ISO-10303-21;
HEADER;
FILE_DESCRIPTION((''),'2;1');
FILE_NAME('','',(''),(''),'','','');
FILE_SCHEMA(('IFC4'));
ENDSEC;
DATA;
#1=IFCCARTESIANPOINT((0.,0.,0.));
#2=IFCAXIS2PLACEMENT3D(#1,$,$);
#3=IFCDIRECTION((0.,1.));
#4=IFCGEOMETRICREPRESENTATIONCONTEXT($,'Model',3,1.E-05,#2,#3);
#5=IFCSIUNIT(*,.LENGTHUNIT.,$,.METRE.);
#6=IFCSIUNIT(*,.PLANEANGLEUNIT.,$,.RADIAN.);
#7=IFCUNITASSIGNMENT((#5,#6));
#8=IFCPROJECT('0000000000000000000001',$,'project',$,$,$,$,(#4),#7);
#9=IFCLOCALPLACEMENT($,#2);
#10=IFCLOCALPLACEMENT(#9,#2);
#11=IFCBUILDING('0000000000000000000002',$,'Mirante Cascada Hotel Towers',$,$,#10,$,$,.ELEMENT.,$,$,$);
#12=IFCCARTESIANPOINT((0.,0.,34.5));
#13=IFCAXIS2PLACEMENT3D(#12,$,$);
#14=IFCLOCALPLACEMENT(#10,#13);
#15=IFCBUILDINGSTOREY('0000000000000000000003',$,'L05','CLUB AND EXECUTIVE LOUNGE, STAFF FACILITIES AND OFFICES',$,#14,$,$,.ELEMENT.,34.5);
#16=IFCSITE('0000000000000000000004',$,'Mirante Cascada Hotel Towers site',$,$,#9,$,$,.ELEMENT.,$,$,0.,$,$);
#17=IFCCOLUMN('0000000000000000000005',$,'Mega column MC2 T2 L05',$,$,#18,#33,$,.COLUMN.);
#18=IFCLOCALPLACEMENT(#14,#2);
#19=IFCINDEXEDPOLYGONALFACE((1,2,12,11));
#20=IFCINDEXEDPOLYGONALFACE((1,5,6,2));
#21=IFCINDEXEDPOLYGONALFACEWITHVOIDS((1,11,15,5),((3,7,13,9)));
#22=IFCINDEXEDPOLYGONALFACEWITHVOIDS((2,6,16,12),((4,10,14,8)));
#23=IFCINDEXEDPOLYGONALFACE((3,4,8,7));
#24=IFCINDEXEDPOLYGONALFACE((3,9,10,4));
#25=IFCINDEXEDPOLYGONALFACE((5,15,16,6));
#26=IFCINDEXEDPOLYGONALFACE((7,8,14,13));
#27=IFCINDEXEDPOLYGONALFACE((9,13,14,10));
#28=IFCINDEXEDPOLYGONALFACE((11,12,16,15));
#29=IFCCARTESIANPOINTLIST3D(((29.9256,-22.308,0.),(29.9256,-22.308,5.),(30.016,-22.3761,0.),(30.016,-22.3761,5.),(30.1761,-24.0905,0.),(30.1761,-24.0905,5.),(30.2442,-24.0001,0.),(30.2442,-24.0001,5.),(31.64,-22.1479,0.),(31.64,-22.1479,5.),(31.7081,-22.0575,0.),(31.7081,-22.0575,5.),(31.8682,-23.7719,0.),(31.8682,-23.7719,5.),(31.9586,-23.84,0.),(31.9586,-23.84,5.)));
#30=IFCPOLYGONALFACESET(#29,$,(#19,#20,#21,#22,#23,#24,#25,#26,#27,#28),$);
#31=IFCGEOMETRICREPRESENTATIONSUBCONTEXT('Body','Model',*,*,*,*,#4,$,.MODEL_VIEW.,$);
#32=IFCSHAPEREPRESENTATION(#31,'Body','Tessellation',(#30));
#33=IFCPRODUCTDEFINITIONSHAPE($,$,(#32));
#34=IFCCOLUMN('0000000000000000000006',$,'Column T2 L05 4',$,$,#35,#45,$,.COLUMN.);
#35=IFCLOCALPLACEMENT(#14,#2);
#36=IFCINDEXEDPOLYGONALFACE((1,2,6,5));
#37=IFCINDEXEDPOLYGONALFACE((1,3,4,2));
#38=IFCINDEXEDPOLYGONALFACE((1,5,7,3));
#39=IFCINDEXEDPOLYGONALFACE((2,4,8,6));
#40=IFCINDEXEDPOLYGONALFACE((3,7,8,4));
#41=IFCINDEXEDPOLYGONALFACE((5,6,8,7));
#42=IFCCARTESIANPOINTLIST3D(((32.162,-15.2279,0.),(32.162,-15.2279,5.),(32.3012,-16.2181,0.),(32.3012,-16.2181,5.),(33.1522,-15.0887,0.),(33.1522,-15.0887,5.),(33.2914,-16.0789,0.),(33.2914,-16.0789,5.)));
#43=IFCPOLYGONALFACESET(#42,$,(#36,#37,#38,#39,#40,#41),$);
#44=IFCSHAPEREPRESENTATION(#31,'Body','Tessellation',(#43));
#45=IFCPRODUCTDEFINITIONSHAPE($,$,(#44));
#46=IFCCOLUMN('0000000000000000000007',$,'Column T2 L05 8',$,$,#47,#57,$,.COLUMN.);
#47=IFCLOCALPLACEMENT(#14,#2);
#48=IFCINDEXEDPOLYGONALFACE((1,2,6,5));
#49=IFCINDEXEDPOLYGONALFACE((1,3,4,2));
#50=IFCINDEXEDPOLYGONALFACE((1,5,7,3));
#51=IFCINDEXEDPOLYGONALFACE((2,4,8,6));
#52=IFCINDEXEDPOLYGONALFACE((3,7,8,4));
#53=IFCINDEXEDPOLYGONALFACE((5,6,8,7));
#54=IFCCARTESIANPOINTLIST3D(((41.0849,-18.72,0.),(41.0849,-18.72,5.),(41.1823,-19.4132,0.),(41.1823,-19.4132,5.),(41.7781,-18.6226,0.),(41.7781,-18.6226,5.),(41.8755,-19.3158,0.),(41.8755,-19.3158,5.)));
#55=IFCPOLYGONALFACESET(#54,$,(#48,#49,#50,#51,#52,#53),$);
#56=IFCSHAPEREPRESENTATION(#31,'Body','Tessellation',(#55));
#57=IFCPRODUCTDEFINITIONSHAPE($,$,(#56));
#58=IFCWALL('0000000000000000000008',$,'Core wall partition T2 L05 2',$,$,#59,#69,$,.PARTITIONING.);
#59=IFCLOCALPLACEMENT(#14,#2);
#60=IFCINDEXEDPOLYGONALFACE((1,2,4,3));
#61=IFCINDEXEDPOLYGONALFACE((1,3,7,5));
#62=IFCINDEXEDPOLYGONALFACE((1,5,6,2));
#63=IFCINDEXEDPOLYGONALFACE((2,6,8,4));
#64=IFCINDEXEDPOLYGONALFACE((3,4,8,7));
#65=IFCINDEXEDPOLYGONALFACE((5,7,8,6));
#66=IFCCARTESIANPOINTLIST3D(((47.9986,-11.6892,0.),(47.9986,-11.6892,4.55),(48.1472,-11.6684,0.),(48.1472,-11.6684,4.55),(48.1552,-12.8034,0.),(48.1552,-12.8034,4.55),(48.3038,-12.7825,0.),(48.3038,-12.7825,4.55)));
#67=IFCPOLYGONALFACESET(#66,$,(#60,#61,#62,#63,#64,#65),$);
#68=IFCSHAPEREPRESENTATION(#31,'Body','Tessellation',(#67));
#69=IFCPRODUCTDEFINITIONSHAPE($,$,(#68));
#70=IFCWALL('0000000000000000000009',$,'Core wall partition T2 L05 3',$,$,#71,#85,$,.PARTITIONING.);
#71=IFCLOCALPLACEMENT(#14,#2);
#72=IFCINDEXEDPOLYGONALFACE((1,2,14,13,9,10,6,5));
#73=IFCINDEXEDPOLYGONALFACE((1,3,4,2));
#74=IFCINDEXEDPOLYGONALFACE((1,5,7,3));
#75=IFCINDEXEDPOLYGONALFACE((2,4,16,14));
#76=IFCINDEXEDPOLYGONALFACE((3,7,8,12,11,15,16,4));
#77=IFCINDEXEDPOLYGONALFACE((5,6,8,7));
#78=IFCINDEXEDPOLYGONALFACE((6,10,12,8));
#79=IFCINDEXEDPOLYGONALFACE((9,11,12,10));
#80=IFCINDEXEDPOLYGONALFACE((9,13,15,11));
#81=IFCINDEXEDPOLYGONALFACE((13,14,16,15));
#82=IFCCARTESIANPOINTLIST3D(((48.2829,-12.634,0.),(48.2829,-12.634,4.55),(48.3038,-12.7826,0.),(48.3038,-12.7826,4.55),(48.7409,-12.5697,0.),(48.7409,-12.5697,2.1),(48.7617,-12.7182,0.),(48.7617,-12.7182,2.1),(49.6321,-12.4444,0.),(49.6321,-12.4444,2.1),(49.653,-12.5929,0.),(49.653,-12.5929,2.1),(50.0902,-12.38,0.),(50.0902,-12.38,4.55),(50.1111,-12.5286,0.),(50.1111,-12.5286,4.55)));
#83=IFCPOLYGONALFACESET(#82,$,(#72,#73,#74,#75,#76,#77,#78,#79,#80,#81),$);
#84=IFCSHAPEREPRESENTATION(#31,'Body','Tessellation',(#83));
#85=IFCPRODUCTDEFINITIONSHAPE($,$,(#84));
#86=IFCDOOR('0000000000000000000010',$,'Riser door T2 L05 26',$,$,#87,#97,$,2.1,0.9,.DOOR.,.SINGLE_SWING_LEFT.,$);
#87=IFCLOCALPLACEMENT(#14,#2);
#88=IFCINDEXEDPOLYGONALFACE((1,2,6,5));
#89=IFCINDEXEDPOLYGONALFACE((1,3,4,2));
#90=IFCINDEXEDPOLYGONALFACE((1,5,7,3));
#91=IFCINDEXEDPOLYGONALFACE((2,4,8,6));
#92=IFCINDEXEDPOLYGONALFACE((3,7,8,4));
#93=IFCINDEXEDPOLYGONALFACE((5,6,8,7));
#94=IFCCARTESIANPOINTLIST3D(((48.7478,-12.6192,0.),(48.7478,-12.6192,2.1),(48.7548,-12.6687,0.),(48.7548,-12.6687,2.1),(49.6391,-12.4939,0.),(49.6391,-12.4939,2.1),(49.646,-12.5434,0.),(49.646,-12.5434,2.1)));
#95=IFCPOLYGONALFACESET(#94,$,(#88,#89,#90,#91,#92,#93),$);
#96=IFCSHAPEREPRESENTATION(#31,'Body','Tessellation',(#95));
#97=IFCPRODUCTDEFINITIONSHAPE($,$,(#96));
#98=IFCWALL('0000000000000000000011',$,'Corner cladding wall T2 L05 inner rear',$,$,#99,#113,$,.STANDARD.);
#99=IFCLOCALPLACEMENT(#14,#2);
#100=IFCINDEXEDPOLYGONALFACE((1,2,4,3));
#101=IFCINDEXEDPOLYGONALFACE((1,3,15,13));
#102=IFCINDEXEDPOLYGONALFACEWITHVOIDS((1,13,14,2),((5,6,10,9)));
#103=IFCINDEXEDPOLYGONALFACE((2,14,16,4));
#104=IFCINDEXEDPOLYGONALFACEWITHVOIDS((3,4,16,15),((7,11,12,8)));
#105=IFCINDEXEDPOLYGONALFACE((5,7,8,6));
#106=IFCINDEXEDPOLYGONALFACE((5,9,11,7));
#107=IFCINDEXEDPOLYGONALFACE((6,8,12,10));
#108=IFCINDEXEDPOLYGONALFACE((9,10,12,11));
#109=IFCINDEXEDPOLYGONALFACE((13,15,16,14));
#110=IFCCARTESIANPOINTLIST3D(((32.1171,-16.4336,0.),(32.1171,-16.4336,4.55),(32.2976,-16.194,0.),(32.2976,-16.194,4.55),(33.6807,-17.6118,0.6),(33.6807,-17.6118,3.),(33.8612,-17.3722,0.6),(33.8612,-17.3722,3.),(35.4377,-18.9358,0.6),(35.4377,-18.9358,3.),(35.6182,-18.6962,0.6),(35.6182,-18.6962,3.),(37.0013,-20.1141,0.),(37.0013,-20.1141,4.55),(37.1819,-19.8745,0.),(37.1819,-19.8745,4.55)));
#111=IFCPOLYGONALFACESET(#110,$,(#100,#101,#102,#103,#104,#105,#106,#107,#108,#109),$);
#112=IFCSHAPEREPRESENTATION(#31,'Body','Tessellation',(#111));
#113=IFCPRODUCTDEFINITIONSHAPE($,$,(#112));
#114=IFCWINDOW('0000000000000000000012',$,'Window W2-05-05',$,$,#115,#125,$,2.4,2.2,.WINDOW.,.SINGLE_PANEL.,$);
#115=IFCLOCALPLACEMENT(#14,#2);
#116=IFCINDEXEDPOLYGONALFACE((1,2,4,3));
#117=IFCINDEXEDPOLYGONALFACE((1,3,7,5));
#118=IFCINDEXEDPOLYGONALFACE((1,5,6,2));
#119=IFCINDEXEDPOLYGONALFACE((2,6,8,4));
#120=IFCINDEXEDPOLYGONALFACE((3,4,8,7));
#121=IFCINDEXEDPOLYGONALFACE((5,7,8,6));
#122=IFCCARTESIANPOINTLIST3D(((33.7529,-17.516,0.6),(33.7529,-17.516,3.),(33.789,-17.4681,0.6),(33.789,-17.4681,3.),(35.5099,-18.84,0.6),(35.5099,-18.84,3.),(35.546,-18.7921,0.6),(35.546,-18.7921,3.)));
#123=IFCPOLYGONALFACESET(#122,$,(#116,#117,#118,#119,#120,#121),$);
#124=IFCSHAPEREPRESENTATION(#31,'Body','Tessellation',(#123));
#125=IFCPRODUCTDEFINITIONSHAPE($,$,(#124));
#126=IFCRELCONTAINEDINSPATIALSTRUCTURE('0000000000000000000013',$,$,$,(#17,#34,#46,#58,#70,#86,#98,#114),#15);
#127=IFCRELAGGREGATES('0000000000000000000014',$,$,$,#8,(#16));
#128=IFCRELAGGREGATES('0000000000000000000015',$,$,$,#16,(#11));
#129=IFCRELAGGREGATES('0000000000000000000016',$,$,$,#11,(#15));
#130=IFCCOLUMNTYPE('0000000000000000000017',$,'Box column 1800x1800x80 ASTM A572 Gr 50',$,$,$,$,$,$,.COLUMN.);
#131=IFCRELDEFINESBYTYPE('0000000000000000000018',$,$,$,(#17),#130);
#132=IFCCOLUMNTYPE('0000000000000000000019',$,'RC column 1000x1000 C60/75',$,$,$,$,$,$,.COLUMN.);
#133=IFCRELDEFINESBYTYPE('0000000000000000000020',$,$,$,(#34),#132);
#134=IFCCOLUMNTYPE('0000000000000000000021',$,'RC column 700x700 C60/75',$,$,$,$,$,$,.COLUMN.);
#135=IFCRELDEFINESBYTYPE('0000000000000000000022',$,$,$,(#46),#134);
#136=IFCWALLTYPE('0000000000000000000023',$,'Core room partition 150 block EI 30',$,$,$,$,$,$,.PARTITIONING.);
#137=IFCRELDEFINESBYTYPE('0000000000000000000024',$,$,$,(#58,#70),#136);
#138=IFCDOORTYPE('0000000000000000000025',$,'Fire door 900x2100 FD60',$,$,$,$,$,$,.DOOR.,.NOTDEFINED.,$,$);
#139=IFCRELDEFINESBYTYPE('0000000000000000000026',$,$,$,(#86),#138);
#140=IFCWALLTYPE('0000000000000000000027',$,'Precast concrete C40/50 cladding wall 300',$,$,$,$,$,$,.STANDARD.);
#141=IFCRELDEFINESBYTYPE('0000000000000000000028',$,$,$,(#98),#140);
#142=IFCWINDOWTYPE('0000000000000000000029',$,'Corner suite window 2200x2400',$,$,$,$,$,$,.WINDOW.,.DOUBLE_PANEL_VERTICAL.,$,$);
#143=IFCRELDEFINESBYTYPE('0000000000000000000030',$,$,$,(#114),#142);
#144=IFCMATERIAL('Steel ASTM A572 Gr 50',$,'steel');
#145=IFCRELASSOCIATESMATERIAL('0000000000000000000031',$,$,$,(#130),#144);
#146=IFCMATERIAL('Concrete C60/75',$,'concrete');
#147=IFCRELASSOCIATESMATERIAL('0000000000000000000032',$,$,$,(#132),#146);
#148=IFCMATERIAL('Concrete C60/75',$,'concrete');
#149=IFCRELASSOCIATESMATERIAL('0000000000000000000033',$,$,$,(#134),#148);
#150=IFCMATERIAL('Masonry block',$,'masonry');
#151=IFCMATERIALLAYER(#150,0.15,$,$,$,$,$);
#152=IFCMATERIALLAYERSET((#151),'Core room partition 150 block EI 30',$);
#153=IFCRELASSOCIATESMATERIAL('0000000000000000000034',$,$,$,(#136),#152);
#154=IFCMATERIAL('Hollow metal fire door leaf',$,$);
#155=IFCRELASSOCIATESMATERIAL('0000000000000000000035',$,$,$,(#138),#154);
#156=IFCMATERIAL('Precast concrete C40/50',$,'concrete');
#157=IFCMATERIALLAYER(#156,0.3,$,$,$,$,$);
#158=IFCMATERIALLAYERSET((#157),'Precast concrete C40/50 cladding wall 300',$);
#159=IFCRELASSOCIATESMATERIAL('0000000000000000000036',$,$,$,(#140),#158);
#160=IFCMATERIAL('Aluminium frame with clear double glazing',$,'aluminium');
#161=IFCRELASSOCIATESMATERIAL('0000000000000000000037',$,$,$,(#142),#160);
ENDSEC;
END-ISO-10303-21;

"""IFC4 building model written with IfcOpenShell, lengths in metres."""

from ifc_helpers import new_model, si_unit, direction, frame, frame_2d, origin, origin_2d, place, context, subcontext, project, spatial, rectangle, hollow_rectangle, extrude, material, layer, layer_set, material_profile, profile_set, type_object, element, fill, save


model = new_model("IFC4")

# Units and contexts
model_context = context("Model", 3, precision=1e-05, world=origin(), true_north=direction((0.0, 1.0)))
body_context = subcontext(model_context, "Body", "Model", "MODEL_VIEW")
ifc_project = project(units=[si_unit("LENGTHUNIT", "METRE"), si_unit("PLANEANGLEUNIT", "RADIAN")], contexts=[model_context])

# Site, building, storey
site_placement = place(None, origin())
site = spatial("IfcSite", under=ifc_project, at=site_placement, Name="Mirante Cascada Hotel Towers site", CompositionType="ELEMENT", RefElevation=0.0)
building_placement = place(site_placement, origin())
building = spatial("IfcBuilding", under=site, at=building_placement, Name="Mirante Cascada Hotel Towers", CompositionType="ELEMENT")
storey_placement = place(building_placement, frame((0.0, 0.0, 34.5)))
storey = spatial("IfcBuildingStorey", under=building, at=storey_placement, Name="L05", Description="CLUB AND EXECUTIVE LOUNGE, STAFF FACILITIES AND OFFICES", CompositionType="ELEMENT", Elevation=34.5)

# Columns
ifc_material_1 = material(Name="Steel ASTM A572 Gr 50", Category="steel")
ifc_material_profile_1 = material_profile(ifc_material_1, hollow_rectangle(XDim=1.8, YDim=1.8, WallThickness=0.08, at=origin_2d()), Name="Box column 1800x1800x80 ASTM A572 Gr 50")
ifc_profile_set_1 = profile_set([ifc_material_profile_1], Name="Steel ASTM A572 Gr 50")
column_type_1 = type_object("IfcColumnType", Name="Box column 1800x1800x80 ASTM A572 Gr 50", PredefinedType="COLUMN", material=ifc_profile_set_1)
column_1_placement = place(storey_placement, frame((30.9421, -23.074, 0.0), z_axis=(0.0, 0.0, 1.0), x_axis=(0.990268, 0.139173, 0.0)))
element("IfcColumn", 1, at=column_1_placement, inside=storey, type_object=column_type_1, Name="Mega column MC2 T2 L05", PredefinedType="COLUMN", context=body_context, shape_type="SweptSolid", body=[
    extrude(hollow_rectangle(XDim=1.8, YDim=1.8, WallThickness=0.08, at=origin_2d()), origin(), (0.0, 0.0, 1.0), 5.0),
])
ifc_material_2 = material(Name="Concrete C60/75", Category="concrete")
ifc_material_profile_2 = material_profile(ifc_material_2, rectangle(XDim=1.0, YDim=1.0, at=origin_2d()), Name="RC column 1000x1000 C60/75")
ifc_profile_set_2 = profile_set([ifc_material_profile_2], Name="Concrete C60/75")
column_type_2 = type_object("IfcColumnType", Name="RC column 1000x1000 C60/75", PredefinedType="COLUMN", material=ifc_profile_set_2)
column_2_placement = place(storey_placement, frame((32.7267, -15.6534, 0.0), z_axis=(0.0, 0.0, 1.0), x_axis=(0.990268, 0.139173, 0.0)))
element("IfcColumn", 2, at=column_2_placement, inside=storey, type_object=column_type_2, Name="Column T2 L05 4", PredefinedType="COLUMN", context=body_context, shape_type="SweptSolid", body=[
    extrude(rectangle(XDim=1.0, YDim=1.0, at=origin_2d()), origin(), (0.0, 0.0, 1.0), 5.0),
])
ifc_material_3 = material(Name="Concrete C60/75", Category="concrete")
ifc_material_profile_3 = material_profile(ifc_material_3, rectangle(XDim=0.7, YDim=0.7, at=origin_2d()), Name="RC column 700x700 C60/75")
ifc_profile_set_3 = profile_set([ifc_material_profile_3], Name="Concrete C60/75")
column_type_3 = type_object("IfcColumnType", Name="RC column 700x700 C60/75", PredefinedType="COLUMN", material=ifc_profile_set_3)
column_3_placement = place(storey_placement, frame((41.4802, -19.0179, 0.0), z_axis=(0.0, 0.0, 1.0), x_axis=(0.990268, 0.139173, 0.0)))
element("IfcColumn", 3, at=column_3_placement, inside=storey, type_object=column_type_3, Name="Column T2 L05 8", PredefinedType="COLUMN", context=body_context, shape_type="SweptSolid", body=[
    extrude(rectangle(XDim=0.7, YDim=0.7, at=origin_2d()), origin(), (0.0, 0.0, 1.0), 5.0),
])

# Wall
ifc_material_4 = material(Name="Masonry block", Category="masonry")
ifc_layer_1 = layer(ifc_material_4, 0.15)
ifc_layer_set_1 = layer_set([ifc_layer_1], Name="Core room partition 150 block EI 30")
wall_type_1 = type_object("IfcWallType", Name="Core room partition 150 block EI 30", PredefinedType="PARTITIONING", material=ifc_layer_set_1)
wall_1_placement = place(storey_placement, frame((48.2295, -12.793, 0.0), z_axis=(0.0, 0.0, 1.0), x_axis=(-0.139193, 0.990265, 0.0)))
element("IfcWall", 4, at=wall_1_placement, inside=storey, type_object=wall_type_1, Name="Core wall partition T2 L05 2", PredefinedType="PARTITIONING", context=body_context, shape_type="SweptSolid", body=[
    extrude(rectangle(XDim=1.1251, YDim=0.15, at=frame_2d((0.5626, 0.0))), origin(), (0.0, 0.0, 1.0), 4.55),
])

# Wall, opening, door
wall_2_placement = place(storey_placement, frame((48.2933, -12.7083, 0.0), z_axis=(0.0, 0.0, 1.0), x_axis=(0.990268, 0.139173, 0.0)))
wall_2 = element("IfcWall", 5, at=wall_2_placement, inside=storey, type_object=wall_type_1, Name="Core wall partition T2 L05 3", PredefinedType="PARTITIONING", context=body_context, shape_type="SweptSolid", body=[
    extrude(rectangle(XDim=1.8251, YDim=0.15, at=frame_2d((0.9126, 0.0))), origin(), (0.0, 0.0, 1.0), 4.55),
])
opening_1_placement = place(wall_2_placement, frame((0.4625, 0.0, 0.0)))
opening_1 = element("IfcOpeningElement", 6, at=opening_1_placement, cuts=wall_2, PredefinedType="OPENING", context=body_context, shape_type="SweptSolid", body=[
    extrude(rectangle(XDim=0.9, YDim=2.1, at=frame_2d((0.45, 1.05))), frame((0.0, 0.075, 0.0), z_axis=(0.0, -1.0, 0.0), x_axis=(1.0, 0.0, 0.0)), (0.0, 0.0, 1.0), 0.15),
])
ifc_material_5 = material(Name="Hollow metal fire door leaf")
door_type_1 = type_object("IfcDoorType", Name="Fire door 900x2100 FD60", OperationType="NOTDEFINED", PredefinedType="DOOR", material=ifc_material_5)
door_1_placement = place(opening_1_placement, frame((0.9, 0.0, 0.0), z_axis=(0.0, 0.0, 1.0), x_axis=(-1.0, 0.0, 0.0)))
door_1 = element("IfcDoor", 7, at=door_1_placement, inside=storey, type_object=door_type_1, Name="Riser door T2 L05 26", OperationType="SINGLE_SWING_LEFT", OverallHeight=2.1, OverallWidth=0.9, PredefinedType="DOOR", context=body_context, shape_type="SweptSolid", body=[
    extrude(rectangle(XDim=0.9, YDim=2.1, at=frame_2d((0.45, 1.05))), frame((0.0, 0.025, 0.0), z_axis=(0.0, -1.0, 0.0), x_axis=(1.0, 0.0, 0.0)), (0.0, 0.0, 1.0), 0.05),
])
fill(opening_1, door_1)

# Wall, opening, window
ifc_material_6 = material(Name="Precast concrete C40/50", Category="concrete")
ifc_layer_2 = layer(ifc_material_6, 0.3)
ifc_layer_set_2 = layer_set([ifc_layer_2], Name="Precast concrete C40/50 cladding wall 300")
wall_type_2 = type_object("IfcWallType", Name="Precast concrete C40/50 cladding wall 300", PredefinedType="STANDARD", material=ifc_layer_set_2)
wall_3_placement = place(storey_placement, frame((32.2074, -16.3138, 0.0), z_axis=(0.0, 0.0, 1.0), x_axis=(0.798636, -0.601814, 0.0)))
wall_3 = element("IfcWall", 8, at=wall_3_placement, inside=storey, type_object=wall_type_2, Name="Corner cladding wall T2 L05 inner rear", PredefinedType="STANDARD", context=body_context, shape_type="SweptSolid", body=[
    extrude(rectangle(XDim=6.1157, YDim=0.3, at=frame_2d((3.0578, 0.0))), origin(), (0.0, 0.0, 1.0), 4.55),
])
opening_2_placement = place(wall_3_placement, frame((1.9578, 0.0, 0.6)))
opening_2 = element("IfcOpeningElement", 9, at=opening_2_placement, cuts=wall_3, PredefinedType="OPENING", context=body_context, shape_type="SweptSolid", body=[
    extrude(rectangle(XDim=2.2, YDim=2.4, at=frame_2d((1.1, 1.2))), frame((0.0, 0.15, 0.0), z_axis=(0.0, -1.0, 0.0), x_axis=(1.0, 0.0, 0.0)), (0.0, 0.0, 1.0), 0.3),
])
ifc_material_7 = material(Name="Aluminium frame with clear double glazing", Category="aluminium")
window_type_1 = type_object("IfcWindowType", Name="Corner suite window 2200x2400", PartitioningType="DOUBLE_PANEL_VERTICAL", PredefinedType="WINDOW", material=ifc_material_7)
window_1_placement = place(opening_2_placement, origin())
window_1 = element("IfcWindow", 10, at=window_1_placement, inside=storey, type_object=window_type_1, Name="Window W2-05-05", OverallHeight=2.4, OverallWidth=2.2, PartitioningType="SINGLE_PANEL", PredefinedType="WINDOW", context=body_context, shape_type="SweptSolid", body=[
    extrude(rectangle(XDim=2.2, YDim=2.4, at=frame_2d((1.1, 1.2))), frame((0.0, 0.03, 0.0), z_axis=(0.0, -1.0, 0.0), x_axis=(1.0, 0.0, 0.0)), (0.0, 0.0, 1.0), 0.06),
])
fill(opening_2, window_1)

save(model, "model.ifc")
